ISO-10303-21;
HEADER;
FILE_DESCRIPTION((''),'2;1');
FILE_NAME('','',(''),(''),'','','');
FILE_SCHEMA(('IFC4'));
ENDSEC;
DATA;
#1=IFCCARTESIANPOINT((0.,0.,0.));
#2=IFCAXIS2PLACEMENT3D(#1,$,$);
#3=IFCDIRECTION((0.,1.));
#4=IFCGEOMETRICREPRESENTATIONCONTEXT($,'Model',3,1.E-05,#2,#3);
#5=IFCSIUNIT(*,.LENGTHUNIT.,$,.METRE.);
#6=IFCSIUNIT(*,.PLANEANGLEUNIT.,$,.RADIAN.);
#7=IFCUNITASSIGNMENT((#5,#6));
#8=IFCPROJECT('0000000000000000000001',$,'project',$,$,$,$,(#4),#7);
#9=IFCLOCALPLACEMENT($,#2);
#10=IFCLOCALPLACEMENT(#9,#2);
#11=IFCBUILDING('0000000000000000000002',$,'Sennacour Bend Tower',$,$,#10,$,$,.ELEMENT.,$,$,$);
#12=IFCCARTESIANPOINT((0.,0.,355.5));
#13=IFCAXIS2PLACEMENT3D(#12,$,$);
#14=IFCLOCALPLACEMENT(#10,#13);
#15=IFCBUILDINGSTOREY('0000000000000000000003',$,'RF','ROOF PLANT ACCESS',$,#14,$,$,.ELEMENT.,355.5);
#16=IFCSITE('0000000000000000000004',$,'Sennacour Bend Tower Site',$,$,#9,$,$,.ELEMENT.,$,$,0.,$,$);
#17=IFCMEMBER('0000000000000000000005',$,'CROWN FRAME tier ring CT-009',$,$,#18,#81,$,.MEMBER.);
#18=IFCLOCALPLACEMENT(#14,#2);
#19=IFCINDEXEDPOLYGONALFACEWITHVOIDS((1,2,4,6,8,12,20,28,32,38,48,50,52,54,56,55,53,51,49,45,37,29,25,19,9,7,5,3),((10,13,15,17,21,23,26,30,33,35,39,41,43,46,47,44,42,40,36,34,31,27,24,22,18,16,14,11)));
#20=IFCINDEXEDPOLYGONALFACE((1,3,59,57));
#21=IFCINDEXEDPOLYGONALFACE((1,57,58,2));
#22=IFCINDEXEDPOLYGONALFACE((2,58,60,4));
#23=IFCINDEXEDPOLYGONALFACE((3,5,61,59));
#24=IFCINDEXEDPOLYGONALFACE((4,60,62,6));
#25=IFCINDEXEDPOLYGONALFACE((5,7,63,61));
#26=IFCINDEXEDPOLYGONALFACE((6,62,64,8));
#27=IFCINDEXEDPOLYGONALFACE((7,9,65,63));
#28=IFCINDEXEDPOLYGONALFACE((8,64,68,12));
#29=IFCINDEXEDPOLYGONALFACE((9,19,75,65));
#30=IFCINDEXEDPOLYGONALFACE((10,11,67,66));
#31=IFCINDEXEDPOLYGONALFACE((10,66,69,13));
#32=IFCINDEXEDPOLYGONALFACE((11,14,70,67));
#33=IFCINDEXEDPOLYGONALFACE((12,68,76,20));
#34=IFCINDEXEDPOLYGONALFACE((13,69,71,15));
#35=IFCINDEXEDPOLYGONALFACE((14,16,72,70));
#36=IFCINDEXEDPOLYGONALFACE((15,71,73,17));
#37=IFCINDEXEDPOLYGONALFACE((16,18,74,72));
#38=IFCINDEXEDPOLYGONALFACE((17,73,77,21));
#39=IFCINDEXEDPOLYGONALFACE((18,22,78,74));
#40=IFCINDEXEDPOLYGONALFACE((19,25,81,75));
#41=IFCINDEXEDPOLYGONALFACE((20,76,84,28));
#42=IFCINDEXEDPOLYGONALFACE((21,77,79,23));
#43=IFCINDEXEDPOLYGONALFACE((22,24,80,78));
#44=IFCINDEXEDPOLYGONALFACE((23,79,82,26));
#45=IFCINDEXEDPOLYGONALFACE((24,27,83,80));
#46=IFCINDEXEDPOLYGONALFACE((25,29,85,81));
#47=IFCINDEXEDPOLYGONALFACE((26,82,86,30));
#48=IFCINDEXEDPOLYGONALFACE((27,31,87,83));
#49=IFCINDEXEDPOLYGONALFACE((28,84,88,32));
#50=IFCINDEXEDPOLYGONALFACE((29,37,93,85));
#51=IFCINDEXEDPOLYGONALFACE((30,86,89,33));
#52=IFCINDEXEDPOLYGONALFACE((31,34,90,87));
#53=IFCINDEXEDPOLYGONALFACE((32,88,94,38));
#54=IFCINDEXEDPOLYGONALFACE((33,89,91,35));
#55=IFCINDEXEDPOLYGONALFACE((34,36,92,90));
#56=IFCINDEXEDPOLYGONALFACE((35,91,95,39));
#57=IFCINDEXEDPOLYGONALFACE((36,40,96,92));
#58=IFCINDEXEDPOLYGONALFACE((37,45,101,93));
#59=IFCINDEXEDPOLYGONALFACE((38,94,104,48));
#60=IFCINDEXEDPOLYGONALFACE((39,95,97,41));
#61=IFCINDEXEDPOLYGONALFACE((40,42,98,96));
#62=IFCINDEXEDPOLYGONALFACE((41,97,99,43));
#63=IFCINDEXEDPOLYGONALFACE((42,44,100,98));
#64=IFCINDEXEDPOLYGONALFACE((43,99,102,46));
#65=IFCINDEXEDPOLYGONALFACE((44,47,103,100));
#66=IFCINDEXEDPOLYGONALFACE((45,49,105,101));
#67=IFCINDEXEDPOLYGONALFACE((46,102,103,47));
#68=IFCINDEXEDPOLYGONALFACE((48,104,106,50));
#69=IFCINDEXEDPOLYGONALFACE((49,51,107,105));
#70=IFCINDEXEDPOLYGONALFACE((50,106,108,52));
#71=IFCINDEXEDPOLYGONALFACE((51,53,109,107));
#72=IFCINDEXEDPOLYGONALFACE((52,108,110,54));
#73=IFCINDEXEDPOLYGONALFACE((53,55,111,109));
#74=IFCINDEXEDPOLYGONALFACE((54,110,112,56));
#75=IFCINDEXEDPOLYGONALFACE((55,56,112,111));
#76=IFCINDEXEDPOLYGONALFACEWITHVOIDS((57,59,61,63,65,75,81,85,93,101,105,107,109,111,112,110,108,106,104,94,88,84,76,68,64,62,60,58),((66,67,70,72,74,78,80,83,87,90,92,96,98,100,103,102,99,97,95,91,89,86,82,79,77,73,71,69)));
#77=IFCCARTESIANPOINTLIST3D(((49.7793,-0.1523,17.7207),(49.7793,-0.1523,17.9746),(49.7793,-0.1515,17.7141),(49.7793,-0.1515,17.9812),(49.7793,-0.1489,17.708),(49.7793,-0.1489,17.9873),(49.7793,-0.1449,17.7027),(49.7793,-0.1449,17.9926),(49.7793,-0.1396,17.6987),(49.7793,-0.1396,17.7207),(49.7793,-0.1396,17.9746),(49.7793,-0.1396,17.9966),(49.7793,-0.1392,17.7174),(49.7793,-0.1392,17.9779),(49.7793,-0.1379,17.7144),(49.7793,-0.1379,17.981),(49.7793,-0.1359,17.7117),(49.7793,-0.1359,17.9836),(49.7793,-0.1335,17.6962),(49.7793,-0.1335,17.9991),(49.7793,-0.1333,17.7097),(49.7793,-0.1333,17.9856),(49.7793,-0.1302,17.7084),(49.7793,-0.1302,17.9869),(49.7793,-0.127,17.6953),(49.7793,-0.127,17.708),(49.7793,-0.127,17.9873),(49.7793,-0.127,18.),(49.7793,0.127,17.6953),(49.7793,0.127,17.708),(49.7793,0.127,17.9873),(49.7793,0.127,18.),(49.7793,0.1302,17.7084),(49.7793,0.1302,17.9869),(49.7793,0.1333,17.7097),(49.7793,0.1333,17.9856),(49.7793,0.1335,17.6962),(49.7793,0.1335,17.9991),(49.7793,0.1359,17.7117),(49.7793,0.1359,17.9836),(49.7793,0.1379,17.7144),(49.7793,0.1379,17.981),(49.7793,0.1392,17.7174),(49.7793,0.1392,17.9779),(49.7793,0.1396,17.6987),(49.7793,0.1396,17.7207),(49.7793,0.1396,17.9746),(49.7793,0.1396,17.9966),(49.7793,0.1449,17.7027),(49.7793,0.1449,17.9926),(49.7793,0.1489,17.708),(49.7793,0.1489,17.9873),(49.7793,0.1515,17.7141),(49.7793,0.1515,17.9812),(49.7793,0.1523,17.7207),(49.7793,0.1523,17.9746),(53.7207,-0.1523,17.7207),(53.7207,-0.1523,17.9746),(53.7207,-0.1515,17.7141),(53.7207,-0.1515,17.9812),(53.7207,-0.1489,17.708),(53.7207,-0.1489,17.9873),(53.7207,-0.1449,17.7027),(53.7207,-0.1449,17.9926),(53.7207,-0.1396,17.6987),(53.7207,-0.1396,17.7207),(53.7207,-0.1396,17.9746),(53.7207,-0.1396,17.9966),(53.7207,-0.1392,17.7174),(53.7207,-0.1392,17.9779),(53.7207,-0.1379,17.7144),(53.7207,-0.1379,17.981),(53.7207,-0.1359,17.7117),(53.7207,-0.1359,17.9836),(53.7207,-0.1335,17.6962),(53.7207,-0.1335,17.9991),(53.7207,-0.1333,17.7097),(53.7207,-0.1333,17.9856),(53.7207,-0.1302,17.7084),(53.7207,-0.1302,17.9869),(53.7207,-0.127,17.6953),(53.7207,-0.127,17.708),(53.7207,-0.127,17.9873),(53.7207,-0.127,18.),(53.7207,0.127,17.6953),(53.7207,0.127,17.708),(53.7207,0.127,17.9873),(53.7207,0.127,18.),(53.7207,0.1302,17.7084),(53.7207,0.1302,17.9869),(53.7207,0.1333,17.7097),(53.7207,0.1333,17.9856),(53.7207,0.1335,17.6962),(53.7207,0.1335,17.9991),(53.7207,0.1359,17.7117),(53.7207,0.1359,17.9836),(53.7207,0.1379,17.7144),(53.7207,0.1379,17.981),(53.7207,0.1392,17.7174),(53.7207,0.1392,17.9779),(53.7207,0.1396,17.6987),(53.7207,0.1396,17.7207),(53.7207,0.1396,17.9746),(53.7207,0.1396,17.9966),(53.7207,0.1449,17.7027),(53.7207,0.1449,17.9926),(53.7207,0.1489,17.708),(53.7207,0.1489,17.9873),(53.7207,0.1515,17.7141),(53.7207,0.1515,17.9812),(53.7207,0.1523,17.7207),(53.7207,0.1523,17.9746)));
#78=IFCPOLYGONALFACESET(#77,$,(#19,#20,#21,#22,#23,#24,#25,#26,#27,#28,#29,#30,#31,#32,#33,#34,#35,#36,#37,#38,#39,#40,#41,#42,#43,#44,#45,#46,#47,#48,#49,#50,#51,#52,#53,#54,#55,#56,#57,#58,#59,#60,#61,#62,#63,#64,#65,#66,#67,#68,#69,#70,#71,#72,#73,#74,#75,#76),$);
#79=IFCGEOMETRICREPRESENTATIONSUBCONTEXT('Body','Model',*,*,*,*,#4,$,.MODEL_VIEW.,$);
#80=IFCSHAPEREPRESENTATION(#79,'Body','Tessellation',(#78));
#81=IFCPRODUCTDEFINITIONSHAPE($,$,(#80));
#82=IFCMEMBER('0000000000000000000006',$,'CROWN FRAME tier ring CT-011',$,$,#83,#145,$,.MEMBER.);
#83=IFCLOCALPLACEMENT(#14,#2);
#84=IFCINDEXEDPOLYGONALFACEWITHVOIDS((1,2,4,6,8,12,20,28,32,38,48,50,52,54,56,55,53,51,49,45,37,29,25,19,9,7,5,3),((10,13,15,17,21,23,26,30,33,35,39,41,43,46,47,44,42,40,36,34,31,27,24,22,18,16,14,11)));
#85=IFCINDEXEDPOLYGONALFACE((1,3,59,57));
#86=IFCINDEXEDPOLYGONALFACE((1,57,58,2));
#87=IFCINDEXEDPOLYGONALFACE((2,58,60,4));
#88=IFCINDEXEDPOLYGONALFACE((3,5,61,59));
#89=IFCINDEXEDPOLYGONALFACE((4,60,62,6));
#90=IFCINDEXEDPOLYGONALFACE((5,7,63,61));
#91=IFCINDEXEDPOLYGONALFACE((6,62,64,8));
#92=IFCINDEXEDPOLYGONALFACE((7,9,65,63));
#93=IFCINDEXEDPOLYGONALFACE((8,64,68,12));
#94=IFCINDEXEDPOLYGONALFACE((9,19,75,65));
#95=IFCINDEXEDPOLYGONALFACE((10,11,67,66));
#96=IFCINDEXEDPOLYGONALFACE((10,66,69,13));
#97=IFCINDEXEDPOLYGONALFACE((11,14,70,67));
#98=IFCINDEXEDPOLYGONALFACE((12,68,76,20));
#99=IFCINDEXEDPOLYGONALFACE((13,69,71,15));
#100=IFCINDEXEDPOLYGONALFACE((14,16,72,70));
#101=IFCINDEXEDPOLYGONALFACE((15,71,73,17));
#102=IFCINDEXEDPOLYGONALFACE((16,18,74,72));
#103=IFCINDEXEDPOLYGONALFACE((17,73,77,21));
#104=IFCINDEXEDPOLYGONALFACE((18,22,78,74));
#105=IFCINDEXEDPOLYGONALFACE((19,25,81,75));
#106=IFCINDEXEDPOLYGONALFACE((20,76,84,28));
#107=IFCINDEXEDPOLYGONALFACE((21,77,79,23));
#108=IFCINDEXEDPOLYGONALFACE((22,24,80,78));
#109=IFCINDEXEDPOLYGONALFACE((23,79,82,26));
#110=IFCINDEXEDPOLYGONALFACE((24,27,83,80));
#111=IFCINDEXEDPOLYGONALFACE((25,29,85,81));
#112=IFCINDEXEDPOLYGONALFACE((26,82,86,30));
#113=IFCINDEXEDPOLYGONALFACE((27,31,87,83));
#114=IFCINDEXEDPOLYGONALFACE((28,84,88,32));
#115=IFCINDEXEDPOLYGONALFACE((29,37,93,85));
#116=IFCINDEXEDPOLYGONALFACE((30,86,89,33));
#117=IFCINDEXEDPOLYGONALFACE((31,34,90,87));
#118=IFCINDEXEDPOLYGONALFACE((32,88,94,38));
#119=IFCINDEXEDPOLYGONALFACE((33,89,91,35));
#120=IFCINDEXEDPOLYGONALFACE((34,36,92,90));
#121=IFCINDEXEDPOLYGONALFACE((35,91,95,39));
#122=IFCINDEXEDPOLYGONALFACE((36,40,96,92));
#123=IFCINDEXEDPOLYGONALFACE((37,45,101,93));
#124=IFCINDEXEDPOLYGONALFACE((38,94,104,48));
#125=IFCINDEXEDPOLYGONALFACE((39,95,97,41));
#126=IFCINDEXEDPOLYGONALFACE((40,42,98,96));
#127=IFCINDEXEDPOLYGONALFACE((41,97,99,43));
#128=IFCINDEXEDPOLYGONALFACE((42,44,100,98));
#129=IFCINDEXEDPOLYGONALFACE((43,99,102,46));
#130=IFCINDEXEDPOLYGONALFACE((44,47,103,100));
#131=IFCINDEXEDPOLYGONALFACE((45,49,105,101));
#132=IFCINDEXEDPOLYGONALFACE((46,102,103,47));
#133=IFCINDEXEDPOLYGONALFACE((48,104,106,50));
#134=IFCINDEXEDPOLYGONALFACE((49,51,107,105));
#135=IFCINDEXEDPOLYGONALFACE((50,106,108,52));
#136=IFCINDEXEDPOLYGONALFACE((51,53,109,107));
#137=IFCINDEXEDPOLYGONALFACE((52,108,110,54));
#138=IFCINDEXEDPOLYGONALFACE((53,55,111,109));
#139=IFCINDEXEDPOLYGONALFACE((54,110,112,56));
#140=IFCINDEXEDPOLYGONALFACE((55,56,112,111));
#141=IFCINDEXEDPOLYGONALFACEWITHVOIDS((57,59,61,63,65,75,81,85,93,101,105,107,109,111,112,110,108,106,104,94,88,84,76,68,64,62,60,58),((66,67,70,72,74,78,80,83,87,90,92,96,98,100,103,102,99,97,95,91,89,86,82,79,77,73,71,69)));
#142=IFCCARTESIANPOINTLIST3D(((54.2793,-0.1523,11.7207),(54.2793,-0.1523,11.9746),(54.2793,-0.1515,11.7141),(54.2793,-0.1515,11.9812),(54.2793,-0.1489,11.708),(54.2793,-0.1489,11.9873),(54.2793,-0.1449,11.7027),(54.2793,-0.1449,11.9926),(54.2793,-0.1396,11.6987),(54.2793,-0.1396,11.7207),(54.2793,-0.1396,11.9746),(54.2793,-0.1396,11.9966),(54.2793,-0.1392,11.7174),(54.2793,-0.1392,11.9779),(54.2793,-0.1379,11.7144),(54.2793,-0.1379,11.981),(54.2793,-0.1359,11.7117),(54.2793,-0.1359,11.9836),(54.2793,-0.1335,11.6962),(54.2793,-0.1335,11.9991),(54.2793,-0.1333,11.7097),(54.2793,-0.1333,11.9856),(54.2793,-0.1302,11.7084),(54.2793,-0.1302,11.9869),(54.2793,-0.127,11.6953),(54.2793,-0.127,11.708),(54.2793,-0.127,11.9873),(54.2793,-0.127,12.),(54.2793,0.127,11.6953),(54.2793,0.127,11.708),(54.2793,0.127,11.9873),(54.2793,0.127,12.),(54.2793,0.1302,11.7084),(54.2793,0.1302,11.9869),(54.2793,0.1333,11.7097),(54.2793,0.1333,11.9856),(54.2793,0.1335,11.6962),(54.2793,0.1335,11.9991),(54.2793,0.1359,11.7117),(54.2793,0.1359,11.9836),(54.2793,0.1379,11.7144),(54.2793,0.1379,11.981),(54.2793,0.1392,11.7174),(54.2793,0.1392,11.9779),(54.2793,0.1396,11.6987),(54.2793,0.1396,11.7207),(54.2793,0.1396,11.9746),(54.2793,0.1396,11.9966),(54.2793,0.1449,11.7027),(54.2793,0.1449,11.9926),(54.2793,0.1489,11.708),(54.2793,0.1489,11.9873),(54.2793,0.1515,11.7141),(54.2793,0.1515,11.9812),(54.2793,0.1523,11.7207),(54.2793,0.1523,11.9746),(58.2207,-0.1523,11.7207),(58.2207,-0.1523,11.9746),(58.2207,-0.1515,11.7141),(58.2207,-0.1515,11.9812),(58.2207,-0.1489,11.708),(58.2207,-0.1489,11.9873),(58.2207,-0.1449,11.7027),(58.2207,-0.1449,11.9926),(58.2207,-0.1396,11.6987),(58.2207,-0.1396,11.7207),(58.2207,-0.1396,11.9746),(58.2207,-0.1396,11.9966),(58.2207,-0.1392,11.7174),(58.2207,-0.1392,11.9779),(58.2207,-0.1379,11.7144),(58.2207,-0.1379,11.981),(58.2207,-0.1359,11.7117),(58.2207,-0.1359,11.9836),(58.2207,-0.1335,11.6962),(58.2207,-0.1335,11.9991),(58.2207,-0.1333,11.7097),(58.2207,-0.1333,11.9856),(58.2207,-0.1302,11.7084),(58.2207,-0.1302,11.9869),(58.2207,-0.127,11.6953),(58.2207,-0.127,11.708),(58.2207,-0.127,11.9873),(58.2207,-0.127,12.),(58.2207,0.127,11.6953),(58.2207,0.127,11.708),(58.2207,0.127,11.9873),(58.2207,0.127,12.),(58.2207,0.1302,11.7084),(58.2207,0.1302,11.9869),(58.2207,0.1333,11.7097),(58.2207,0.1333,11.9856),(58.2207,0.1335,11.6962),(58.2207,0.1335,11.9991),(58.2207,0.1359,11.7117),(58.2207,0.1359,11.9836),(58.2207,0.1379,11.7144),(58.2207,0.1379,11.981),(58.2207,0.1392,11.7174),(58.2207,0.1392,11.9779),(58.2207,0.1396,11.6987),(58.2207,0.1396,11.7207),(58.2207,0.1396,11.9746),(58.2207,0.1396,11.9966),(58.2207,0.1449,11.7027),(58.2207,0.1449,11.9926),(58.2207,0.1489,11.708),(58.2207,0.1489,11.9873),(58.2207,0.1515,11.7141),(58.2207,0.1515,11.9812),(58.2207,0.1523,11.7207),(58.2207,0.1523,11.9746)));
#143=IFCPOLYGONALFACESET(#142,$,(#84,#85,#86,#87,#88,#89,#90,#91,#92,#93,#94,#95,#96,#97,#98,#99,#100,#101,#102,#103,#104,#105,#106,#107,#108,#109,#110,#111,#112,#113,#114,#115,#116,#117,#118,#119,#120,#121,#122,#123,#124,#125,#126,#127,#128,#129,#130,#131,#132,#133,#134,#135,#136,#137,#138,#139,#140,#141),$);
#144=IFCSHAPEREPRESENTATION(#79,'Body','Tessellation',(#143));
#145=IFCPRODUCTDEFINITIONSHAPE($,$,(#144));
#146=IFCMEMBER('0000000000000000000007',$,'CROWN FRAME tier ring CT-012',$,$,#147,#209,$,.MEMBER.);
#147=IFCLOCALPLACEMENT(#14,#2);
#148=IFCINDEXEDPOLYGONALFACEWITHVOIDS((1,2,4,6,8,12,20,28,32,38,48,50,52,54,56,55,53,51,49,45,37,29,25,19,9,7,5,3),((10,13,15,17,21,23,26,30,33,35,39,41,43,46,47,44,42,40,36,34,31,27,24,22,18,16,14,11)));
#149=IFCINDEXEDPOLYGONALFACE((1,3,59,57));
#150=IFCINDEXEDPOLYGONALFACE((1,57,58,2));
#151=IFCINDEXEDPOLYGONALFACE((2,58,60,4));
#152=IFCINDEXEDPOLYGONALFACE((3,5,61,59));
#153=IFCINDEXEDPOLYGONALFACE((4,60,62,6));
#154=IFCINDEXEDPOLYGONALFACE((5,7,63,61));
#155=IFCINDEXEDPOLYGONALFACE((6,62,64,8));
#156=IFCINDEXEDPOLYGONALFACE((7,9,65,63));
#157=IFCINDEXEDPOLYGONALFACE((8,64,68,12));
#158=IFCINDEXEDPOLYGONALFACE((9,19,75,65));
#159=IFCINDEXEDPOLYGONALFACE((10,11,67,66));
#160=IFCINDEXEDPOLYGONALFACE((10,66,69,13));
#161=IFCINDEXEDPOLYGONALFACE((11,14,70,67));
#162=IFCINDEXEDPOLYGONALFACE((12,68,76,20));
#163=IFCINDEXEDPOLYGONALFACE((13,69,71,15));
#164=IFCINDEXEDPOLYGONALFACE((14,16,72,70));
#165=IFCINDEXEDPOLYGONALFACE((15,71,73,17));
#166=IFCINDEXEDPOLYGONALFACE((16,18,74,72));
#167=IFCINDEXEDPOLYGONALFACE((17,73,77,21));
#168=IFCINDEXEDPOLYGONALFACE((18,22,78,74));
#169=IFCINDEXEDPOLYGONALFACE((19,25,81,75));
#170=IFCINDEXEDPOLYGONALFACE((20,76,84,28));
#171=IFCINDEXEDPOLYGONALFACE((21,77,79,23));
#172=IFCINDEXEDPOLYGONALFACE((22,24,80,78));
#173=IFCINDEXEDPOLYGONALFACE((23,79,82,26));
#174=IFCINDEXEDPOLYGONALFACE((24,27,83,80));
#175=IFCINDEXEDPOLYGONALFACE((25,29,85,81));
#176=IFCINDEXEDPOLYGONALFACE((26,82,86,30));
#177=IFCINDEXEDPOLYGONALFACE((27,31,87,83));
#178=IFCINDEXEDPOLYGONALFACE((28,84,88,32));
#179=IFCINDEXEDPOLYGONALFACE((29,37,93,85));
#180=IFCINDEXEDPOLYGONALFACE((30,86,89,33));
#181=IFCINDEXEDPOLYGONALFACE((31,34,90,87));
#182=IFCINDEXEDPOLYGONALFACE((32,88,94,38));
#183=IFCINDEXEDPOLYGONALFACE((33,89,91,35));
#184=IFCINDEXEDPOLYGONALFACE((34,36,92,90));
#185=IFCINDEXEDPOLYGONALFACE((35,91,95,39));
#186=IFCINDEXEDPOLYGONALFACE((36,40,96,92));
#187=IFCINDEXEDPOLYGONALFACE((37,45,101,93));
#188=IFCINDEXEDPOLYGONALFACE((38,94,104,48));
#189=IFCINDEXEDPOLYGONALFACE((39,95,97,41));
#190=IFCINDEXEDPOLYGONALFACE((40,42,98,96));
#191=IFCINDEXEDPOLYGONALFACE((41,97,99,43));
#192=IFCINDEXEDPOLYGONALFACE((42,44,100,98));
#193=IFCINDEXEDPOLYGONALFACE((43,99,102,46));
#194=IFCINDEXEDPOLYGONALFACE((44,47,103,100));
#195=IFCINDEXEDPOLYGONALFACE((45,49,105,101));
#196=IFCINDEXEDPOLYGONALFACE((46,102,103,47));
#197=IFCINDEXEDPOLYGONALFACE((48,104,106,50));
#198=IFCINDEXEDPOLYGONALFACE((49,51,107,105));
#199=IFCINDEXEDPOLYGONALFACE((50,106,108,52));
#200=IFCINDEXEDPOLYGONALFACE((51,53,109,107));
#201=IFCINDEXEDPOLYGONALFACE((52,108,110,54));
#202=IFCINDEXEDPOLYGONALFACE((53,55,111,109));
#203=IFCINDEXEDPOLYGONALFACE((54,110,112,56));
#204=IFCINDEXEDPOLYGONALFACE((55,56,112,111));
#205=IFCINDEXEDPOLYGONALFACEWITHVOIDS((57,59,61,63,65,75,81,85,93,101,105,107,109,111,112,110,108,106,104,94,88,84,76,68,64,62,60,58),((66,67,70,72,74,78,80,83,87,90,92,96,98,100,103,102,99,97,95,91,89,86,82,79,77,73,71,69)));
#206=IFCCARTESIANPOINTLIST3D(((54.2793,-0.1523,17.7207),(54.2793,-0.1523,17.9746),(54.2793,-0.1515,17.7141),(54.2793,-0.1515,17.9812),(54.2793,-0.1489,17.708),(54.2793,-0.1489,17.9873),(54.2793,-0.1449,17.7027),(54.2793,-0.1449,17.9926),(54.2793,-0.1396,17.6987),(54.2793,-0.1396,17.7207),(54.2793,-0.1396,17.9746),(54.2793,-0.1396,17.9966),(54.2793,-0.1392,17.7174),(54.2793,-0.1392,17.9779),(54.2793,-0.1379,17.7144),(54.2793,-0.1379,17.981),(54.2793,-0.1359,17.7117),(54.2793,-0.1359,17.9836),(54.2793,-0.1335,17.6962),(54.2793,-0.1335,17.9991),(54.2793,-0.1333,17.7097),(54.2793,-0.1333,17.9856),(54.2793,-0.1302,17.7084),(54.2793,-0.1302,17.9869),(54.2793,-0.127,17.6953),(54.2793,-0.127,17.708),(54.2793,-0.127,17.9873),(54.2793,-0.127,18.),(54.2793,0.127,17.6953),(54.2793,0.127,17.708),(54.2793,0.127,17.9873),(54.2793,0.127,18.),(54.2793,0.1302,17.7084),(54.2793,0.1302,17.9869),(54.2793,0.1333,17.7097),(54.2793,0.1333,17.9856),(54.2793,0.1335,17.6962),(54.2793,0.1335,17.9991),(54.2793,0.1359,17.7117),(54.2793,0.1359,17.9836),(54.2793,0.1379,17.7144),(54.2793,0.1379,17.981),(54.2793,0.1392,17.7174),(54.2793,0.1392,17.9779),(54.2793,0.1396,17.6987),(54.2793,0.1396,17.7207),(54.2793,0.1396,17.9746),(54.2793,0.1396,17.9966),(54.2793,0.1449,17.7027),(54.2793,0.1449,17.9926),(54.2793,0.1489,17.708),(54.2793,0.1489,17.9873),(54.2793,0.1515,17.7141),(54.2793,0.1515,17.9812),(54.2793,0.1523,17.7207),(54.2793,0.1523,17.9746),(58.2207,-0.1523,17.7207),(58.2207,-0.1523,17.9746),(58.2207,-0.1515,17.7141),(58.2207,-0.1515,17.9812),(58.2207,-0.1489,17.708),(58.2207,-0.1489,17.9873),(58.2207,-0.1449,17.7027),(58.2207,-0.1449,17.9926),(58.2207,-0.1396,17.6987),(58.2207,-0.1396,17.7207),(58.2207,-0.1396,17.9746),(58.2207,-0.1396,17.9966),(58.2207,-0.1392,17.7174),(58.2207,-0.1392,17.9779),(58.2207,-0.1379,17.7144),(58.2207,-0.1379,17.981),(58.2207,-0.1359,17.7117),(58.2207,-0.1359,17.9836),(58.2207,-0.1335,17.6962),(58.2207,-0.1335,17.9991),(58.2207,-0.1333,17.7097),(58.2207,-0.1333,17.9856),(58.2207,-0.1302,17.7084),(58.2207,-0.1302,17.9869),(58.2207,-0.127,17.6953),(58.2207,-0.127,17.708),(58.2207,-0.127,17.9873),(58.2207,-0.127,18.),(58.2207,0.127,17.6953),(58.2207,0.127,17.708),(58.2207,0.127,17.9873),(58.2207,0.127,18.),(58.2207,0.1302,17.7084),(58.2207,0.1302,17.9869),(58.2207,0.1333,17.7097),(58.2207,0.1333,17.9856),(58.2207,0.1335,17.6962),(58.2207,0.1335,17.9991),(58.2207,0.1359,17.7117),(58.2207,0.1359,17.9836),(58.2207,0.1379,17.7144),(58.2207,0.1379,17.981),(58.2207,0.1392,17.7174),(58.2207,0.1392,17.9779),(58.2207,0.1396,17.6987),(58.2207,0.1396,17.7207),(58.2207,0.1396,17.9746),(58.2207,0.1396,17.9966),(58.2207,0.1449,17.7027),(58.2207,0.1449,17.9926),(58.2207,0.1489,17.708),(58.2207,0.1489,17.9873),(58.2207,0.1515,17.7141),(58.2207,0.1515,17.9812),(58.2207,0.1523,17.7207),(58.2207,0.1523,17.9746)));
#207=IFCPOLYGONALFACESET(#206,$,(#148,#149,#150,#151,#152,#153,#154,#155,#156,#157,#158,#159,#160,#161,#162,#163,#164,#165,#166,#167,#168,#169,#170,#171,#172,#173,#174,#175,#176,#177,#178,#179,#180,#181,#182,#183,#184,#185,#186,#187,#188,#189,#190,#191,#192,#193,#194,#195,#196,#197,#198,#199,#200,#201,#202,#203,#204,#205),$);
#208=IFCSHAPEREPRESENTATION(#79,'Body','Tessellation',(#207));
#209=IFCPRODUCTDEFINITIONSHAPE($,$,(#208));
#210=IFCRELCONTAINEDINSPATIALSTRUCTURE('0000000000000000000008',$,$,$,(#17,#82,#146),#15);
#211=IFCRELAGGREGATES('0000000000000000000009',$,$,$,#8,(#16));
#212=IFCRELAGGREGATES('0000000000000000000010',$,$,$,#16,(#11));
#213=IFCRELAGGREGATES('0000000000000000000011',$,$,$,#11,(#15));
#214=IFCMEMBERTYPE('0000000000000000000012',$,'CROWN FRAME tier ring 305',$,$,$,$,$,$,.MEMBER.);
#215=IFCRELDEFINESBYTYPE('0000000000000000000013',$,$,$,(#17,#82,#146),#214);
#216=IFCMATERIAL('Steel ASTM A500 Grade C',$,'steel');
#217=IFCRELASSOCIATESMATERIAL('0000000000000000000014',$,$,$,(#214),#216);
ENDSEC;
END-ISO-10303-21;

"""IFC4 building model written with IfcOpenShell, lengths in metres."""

from ifc_helpers import new_model, si_unit, direction, frame, origin, origin_2d, place, context, subcontext, project, spatial, hollow_rectangle, extrude, material, material_profile, profile_set, type_object, element, save


model = new_model("IFC4")

# Units and contexts
model_context = context("Model", 3, precision=1e-05, world=origin(), true_north=direction((0.0, 1.0)))
body_context = subcontext(model_context, "Body", "Model", "MODEL_VIEW")
ifc_project = project(units=[si_unit("LENGTHUNIT", "METRE"), si_unit("PLANEANGLEUNIT", "RADIAN")], contexts=[model_context])

# Site, building, storey
site_placement = place(None, origin())
site = spatial("IfcSite", under=ifc_project, at=site_placement, Name="Sennacour Bend Tower Site", CompositionType="ELEMENT", RefElevation=0.0)
building_placement = place(site_placement, origin())
building = spatial("IfcBuilding", under=site, at=building_placement, Name="Sennacour Bend Tower", CompositionType="ELEMENT")
storey_placement = place(building_placement, frame((0.0, 0.0, 355.5)))
storey = spatial("IfcBuildingStorey", under=building, at=storey_placement, Name="RF", Description="ROOF PLANT ACCESS", CompositionType="ELEMENT", Elevation=355.5)

# Shared definitions
ifc_material_1 = material(Name="Steel ASTM A500 Grade C", Category="steel")

# Members
ifc_material_profile_1 = material_profile(ifc_material_1, hollow_rectangle(XDim=0.3047, YDim=0.3047, WallThickness=0.0127, InnerFilletRadius=0.0127, OuterFilletRadius=0.0254, at=origin_2d()), Name="Steel ASTM A500 Grade C", Category="steel")
ifc_profile_set_1 = profile_set([ifc_material_profile_1], Name="Steel ASTM A500 Grade C")
member_type_1 = type_object("IfcMemberType", Name="CROWN FRAME tier ring 305", PredefinedType="MEMBER", material=ifc_profile_set_1)
for number, where, z_axis, x_axis, name in (
    (1, (49.7793, 0.0, 17.8477), (1.0, 0.0, 0.0), (0.0, 1.0, 0.0), "CROWN FRAME tier ring CT-009"),
    (2, (54.2793, 0.0, 11.8477), (1.0, 0.0, 0.0), (0.0, 1.0, 0.0), "CROWN FRAME tier ring CT-011"),
    (3, (54.2793, 0.0, 17.8477), (1.0, 0.0, 0.0), (0.0, 1.0, 0.0), "CROWN FRAME tier ring CT-012"),
):
    element("IfcMember", number, at=place(storey_placement, frame(where, z_axis=z_axis, x_axis=x_axis)), inside=storey, type_object=member_type_1, Name=name, PredefinedType="MEMBER", context=body_context, shape_type="SweptSolid", body=[
        extrude(hollow_rectangle(XDim=0.3047, YDim=0.3047, WallThickness=0.0127, InnerFilletRadius=0.0127, OuterFilletRadius=0.0254, at=origin_2d()), origin(), (0.0, 0.0, 1.0), 3.9414),
    ])

save(model, "model.ifc")
